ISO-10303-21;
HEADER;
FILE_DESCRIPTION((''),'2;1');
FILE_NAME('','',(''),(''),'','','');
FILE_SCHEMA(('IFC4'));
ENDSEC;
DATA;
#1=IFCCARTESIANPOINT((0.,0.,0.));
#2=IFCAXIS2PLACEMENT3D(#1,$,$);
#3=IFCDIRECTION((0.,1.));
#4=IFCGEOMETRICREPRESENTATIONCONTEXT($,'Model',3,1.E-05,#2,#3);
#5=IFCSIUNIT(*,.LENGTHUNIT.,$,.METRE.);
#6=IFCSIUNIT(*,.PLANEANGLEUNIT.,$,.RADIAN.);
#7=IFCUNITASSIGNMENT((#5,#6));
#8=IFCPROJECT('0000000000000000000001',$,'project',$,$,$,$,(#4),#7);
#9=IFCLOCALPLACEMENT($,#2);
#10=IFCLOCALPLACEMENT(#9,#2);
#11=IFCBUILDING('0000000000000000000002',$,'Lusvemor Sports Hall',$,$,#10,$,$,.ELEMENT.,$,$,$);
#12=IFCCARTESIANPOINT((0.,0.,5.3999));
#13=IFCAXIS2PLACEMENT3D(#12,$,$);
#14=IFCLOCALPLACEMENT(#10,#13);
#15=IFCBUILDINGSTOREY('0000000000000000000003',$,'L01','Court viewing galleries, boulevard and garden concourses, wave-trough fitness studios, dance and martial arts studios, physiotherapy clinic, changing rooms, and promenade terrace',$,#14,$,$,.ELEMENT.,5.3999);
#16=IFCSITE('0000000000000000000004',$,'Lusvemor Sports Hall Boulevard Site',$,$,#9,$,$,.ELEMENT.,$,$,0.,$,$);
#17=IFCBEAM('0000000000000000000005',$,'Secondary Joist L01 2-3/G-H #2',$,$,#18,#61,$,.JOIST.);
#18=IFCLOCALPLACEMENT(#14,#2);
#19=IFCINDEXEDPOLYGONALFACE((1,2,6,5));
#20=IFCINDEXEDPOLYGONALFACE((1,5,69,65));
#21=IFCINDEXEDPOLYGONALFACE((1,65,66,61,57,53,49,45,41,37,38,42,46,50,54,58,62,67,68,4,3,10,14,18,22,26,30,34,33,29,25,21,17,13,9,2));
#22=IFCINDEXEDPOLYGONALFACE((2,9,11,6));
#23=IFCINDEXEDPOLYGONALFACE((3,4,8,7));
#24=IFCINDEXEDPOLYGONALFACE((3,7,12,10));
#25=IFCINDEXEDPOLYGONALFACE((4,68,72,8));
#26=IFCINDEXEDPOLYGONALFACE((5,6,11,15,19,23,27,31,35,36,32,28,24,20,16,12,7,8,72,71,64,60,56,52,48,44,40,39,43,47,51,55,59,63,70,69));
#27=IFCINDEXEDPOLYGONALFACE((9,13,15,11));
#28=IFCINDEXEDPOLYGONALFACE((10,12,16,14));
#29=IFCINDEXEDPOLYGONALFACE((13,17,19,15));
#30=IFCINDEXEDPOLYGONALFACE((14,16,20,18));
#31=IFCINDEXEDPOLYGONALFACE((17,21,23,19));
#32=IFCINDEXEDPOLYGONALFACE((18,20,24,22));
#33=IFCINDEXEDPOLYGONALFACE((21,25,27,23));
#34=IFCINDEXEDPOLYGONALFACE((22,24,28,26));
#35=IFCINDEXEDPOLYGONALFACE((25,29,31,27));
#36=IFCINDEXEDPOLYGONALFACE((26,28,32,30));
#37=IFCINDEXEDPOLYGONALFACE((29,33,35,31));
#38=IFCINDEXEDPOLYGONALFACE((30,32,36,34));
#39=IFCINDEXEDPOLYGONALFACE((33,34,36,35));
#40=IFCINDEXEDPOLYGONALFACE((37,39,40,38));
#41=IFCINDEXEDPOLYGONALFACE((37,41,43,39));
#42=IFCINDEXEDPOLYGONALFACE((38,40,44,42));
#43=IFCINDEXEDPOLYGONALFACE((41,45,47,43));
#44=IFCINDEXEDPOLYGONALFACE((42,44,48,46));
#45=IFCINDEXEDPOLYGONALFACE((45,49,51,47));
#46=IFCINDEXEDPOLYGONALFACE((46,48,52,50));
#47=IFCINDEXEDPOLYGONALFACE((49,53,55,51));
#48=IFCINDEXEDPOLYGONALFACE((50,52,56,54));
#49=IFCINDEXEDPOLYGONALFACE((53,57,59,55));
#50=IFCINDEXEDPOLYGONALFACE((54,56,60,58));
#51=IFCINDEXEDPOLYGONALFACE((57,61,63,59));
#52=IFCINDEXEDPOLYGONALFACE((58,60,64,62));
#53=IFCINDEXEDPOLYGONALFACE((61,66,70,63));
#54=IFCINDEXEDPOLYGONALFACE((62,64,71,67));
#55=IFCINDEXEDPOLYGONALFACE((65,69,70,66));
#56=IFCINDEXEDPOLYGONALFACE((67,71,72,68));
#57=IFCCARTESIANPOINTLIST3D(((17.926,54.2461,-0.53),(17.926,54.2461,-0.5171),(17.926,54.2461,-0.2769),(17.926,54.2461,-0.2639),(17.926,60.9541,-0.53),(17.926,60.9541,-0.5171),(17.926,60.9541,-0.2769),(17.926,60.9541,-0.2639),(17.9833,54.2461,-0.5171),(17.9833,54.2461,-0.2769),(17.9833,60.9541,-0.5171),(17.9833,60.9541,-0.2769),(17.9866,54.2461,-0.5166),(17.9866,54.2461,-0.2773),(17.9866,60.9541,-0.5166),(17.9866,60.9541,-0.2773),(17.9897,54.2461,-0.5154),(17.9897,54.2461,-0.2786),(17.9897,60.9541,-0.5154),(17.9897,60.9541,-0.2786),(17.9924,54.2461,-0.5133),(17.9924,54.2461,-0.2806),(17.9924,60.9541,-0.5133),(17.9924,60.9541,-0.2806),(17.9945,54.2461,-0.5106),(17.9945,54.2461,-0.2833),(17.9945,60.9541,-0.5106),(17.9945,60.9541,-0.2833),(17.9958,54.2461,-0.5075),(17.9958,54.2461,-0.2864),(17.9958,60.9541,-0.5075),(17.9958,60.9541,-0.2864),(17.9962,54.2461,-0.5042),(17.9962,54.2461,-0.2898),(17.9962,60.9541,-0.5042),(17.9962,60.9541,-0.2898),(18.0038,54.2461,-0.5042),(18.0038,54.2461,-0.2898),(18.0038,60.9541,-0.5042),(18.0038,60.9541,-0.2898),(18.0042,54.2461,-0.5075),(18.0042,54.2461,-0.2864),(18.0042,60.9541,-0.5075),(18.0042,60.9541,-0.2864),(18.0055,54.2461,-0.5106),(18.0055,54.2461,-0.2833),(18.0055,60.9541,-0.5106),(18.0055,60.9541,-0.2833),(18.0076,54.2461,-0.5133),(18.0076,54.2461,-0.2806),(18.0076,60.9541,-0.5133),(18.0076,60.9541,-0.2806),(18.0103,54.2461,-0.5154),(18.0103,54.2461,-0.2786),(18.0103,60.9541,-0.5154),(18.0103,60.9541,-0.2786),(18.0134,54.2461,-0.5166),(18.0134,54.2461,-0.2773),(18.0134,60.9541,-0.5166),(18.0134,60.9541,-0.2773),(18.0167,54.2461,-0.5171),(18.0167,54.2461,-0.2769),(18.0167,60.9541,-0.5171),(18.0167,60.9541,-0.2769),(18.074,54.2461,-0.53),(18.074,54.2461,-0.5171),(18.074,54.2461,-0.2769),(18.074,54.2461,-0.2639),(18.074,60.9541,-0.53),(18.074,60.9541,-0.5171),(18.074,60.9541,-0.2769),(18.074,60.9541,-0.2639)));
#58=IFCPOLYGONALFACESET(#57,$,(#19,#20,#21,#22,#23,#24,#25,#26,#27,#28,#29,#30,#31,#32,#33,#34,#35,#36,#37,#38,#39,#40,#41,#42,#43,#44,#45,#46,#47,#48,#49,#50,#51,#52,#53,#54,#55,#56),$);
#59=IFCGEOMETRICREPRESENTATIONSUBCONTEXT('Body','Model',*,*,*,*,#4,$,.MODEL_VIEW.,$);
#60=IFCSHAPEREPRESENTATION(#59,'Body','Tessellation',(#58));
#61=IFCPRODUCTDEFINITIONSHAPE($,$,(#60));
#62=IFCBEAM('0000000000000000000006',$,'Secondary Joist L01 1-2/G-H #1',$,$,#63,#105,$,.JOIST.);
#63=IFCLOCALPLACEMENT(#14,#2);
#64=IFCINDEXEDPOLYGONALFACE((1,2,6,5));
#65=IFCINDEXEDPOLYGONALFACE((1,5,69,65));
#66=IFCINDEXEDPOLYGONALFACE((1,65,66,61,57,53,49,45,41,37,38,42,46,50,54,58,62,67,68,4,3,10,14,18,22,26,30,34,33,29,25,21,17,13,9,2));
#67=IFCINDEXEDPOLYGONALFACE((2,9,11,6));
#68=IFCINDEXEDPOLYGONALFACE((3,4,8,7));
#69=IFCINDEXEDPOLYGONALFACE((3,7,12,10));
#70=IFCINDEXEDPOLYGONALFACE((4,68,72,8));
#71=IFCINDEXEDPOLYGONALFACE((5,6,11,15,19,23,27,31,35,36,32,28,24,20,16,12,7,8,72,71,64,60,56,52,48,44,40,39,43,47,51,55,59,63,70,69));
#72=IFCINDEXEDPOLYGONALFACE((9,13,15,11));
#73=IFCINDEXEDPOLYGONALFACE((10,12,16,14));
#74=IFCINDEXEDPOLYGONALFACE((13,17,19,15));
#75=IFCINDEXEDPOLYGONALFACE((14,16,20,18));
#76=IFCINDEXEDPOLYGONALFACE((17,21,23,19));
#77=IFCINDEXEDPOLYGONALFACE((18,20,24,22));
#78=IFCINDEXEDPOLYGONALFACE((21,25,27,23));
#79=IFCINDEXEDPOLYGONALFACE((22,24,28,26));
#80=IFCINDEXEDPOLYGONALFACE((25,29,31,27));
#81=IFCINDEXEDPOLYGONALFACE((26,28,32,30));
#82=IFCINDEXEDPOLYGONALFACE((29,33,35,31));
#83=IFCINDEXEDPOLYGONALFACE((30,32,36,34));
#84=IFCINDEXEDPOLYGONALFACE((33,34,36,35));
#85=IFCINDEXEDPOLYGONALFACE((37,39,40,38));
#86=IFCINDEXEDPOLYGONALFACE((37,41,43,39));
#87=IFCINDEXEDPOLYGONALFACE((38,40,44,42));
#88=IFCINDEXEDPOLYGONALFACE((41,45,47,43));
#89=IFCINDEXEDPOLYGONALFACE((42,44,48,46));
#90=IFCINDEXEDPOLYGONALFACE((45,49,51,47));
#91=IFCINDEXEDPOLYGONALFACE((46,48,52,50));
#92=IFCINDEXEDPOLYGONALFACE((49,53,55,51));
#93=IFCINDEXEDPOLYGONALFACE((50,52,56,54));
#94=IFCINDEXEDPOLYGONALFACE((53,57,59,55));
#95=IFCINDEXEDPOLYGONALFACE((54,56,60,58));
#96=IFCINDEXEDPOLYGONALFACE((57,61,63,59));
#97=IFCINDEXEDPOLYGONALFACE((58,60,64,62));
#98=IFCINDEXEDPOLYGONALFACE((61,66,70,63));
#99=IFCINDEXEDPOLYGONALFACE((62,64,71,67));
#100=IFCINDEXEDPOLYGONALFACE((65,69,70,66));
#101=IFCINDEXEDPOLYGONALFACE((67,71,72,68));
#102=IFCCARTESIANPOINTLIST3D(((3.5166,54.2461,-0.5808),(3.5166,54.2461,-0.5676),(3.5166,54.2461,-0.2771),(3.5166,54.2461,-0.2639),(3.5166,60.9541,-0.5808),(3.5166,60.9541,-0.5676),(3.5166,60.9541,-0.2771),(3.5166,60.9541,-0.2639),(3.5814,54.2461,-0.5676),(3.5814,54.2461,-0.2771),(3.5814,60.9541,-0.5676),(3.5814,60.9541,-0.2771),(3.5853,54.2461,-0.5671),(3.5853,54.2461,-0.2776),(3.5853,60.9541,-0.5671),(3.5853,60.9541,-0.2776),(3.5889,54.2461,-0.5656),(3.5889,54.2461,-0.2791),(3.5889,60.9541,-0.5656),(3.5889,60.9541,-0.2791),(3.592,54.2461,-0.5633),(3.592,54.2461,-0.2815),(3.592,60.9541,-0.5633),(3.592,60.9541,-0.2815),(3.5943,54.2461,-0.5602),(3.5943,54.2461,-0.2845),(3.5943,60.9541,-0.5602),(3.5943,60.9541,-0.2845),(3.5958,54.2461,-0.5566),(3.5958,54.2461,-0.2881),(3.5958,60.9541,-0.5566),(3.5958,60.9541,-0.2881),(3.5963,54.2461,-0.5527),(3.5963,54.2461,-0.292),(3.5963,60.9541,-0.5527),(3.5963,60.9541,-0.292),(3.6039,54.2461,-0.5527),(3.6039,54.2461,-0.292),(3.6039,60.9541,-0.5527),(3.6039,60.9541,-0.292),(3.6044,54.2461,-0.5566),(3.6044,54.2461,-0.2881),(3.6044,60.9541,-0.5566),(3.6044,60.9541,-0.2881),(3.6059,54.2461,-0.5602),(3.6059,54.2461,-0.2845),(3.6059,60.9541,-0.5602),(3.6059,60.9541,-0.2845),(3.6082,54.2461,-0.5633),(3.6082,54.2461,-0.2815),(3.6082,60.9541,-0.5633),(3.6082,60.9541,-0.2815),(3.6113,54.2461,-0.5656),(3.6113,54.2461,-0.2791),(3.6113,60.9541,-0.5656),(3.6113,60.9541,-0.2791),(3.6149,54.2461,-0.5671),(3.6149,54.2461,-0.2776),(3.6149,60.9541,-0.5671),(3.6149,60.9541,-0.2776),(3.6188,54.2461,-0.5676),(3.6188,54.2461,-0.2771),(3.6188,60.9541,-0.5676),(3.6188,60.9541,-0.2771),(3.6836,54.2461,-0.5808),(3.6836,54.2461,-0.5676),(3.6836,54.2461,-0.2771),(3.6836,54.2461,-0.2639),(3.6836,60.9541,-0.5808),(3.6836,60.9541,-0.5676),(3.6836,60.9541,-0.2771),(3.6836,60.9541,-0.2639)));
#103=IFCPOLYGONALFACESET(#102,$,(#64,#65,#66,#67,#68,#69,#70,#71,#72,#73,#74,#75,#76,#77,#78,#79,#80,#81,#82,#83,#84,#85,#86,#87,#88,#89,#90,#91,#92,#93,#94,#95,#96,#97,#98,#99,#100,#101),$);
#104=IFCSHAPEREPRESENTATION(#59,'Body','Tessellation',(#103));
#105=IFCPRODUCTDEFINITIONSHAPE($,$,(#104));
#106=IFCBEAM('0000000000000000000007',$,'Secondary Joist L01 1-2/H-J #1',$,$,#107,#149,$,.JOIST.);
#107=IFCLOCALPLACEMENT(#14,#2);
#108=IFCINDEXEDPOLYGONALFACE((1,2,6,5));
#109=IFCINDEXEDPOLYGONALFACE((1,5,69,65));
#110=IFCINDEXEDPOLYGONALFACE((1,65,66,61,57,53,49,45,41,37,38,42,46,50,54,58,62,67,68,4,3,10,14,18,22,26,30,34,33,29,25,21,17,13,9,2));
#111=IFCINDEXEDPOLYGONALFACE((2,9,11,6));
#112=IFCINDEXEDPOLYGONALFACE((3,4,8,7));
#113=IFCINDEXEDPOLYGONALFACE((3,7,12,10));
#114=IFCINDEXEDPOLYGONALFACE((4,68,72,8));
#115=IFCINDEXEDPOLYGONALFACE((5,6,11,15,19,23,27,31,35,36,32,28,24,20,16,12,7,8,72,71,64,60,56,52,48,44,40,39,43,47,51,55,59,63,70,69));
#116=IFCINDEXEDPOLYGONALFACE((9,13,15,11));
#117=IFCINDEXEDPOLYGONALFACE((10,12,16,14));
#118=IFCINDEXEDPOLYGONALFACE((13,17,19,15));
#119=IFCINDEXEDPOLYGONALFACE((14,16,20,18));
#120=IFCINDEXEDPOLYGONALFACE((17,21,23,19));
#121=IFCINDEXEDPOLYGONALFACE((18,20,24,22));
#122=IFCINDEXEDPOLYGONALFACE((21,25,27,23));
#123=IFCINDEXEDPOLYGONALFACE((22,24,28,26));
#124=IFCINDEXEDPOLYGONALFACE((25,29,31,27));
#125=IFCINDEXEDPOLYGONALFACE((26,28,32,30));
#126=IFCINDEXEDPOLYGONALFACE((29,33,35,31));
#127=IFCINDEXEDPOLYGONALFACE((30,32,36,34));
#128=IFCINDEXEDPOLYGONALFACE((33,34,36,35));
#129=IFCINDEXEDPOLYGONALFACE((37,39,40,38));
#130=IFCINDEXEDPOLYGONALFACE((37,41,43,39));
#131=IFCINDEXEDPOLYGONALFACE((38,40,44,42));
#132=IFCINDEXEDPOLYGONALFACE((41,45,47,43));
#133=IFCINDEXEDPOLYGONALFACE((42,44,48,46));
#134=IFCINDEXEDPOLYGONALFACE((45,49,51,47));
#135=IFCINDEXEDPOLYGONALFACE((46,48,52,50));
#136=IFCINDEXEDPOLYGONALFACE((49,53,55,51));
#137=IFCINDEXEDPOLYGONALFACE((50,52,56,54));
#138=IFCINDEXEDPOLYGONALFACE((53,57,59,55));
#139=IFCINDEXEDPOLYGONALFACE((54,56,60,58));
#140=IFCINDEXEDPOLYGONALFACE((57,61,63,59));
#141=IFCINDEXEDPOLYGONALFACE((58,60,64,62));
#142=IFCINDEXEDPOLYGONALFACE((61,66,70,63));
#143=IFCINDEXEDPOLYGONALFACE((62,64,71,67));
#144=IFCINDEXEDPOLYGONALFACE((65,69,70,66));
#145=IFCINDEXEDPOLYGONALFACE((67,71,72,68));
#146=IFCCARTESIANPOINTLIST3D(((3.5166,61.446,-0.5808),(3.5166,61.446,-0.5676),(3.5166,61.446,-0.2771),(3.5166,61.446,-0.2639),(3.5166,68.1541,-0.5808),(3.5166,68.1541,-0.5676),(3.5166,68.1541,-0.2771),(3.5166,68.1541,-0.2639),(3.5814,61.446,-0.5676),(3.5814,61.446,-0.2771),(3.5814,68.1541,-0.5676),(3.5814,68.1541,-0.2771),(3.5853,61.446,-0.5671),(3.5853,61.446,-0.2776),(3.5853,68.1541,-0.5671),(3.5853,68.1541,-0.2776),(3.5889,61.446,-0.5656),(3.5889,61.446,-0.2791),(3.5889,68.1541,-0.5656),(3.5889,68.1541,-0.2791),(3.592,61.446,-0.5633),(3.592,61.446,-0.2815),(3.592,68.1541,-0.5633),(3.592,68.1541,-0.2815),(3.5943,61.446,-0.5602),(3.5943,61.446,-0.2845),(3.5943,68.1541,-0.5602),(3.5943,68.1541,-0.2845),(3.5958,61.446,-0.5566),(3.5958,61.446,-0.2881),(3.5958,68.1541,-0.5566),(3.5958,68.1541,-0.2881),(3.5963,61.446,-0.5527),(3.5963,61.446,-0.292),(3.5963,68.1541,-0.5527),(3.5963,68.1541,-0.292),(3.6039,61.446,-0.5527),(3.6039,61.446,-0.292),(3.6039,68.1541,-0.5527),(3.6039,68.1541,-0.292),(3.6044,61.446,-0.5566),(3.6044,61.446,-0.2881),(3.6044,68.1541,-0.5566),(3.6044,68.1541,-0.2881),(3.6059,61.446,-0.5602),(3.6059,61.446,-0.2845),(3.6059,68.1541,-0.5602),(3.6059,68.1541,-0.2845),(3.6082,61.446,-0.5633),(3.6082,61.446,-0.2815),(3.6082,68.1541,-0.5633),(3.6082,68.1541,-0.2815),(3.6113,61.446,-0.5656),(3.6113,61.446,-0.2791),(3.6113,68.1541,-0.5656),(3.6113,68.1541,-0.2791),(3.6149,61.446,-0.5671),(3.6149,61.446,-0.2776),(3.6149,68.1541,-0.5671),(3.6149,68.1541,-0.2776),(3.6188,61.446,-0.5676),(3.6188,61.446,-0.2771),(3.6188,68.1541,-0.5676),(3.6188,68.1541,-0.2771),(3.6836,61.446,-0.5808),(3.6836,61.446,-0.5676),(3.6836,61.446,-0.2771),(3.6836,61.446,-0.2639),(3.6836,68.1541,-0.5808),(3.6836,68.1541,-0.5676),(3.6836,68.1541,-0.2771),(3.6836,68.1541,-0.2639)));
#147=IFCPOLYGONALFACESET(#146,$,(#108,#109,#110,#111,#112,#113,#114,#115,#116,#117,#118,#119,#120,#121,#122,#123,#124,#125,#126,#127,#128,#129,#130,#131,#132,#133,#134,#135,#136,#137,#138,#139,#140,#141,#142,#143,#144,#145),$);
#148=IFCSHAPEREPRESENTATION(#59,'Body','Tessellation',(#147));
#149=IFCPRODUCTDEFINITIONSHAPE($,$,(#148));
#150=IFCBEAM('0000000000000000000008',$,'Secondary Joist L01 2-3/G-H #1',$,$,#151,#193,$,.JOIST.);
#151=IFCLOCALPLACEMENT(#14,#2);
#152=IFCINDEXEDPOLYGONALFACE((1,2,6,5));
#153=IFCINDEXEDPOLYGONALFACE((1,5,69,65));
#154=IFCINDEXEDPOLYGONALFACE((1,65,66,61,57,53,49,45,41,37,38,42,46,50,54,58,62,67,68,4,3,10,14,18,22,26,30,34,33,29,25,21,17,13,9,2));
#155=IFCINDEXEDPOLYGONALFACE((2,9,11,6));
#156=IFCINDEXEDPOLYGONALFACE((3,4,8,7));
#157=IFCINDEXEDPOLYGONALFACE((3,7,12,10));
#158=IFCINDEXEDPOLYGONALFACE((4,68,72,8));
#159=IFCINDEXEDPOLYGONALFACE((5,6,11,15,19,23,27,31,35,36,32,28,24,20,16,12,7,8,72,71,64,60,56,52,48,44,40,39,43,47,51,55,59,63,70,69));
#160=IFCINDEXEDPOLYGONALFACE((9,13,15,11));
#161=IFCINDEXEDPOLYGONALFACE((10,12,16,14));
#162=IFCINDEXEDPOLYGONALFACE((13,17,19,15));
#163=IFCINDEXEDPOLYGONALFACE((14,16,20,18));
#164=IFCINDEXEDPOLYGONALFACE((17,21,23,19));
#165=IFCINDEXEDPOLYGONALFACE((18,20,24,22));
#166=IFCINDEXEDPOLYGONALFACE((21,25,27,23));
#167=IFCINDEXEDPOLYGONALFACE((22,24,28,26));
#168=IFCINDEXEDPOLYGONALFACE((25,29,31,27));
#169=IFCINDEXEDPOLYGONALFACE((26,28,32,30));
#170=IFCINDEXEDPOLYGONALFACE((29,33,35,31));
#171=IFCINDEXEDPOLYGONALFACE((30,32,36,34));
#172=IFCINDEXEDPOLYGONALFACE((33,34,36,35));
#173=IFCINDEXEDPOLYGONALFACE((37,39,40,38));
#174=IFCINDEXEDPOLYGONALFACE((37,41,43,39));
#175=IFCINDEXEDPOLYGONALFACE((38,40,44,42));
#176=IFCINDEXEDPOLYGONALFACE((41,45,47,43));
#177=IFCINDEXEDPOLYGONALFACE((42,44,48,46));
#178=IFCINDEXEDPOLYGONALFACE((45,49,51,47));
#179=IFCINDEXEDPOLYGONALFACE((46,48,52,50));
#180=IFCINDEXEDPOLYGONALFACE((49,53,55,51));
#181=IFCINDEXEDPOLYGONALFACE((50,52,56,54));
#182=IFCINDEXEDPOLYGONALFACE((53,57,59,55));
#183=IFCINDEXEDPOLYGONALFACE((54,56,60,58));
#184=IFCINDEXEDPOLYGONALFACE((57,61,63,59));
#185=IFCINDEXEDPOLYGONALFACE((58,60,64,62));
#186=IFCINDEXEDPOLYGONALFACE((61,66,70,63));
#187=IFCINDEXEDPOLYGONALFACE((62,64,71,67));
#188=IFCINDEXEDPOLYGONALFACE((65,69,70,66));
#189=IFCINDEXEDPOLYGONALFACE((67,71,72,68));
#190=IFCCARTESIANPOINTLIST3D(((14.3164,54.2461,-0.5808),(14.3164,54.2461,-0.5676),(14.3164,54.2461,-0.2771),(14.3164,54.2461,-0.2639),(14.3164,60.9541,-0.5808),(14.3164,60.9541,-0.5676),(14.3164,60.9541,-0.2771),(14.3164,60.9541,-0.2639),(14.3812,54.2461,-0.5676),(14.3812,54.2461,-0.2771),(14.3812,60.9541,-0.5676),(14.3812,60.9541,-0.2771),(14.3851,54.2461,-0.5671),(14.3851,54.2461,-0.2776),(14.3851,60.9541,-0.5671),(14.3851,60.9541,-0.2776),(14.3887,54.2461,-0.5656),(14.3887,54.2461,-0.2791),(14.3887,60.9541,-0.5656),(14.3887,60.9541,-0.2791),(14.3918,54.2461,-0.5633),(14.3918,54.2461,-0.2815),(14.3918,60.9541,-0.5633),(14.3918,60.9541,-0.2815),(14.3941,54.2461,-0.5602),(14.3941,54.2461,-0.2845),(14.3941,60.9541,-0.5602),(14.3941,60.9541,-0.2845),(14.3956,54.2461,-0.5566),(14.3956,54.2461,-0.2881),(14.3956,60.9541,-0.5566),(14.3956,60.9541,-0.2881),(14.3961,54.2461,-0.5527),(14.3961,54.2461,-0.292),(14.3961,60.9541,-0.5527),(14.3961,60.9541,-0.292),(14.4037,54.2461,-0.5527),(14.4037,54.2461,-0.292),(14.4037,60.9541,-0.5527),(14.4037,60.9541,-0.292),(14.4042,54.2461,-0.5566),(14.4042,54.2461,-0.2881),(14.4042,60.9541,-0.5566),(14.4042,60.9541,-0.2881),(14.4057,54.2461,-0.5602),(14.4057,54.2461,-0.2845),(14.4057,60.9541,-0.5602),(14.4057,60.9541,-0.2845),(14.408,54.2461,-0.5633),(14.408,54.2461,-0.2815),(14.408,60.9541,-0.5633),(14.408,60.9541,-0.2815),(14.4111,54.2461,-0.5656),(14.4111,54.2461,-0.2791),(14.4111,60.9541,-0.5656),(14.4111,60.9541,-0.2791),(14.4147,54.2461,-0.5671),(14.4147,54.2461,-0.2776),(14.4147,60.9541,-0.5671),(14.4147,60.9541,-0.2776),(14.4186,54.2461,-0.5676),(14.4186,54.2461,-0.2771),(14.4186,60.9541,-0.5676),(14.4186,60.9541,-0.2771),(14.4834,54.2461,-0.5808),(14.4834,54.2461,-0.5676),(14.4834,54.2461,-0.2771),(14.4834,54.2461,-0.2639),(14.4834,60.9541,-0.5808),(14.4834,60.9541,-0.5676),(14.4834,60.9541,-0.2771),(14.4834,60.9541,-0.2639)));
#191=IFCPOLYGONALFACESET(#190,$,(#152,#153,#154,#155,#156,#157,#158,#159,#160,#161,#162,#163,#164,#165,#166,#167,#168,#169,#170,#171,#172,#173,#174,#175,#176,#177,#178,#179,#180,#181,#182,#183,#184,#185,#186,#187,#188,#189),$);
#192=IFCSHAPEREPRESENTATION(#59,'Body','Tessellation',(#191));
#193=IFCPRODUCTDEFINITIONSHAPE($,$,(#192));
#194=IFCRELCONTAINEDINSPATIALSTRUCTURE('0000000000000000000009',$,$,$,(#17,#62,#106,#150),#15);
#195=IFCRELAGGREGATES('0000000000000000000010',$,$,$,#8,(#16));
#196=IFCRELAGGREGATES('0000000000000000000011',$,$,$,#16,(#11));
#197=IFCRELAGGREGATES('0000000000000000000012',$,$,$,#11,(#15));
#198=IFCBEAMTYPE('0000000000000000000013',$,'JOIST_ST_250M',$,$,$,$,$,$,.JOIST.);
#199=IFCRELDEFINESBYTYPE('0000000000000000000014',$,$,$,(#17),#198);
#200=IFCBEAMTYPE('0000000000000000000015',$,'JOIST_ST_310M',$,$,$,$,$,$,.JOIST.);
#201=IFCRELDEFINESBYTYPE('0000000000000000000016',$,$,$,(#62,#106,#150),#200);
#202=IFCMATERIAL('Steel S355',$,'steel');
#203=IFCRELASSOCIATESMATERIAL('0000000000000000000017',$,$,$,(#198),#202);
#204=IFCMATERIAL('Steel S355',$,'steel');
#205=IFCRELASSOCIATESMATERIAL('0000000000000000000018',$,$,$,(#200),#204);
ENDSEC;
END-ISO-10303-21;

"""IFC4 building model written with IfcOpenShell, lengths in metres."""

from ifc_helpers import new_model, si_unit, direction, frame, origin, origin_2d, place, context, subcontext, project, spatial, i_section, extrude, material, material_profile, profile_set, type_object, element, save


model = new_model("IFC4")

# Units and contexts
model_context = context("Model", 3, precision=1e-05, world=origin(), true_north=direction((0.0, 1.0)))
body_context = subcontext(model_context, "Body", "Model", "MODEL_VIEW")
ifc_project = project(units=[si_unit("LENGTHUNIT", "METRE"), si_unit("PLANEANGLEUNIT", "RADIAN")], contexts=[model_context])

# Site, building, storey
site_placement = place(None, origin())
site = spatial("IfcSite", under=ifc_project, at=site_placement, Name="Lusvemor Sports Hall Boulevard Site", CompositionType="ELEMENT", RefElevation=0.0)
building_placement = place(site_placement, origin())
building = spatial("IfcBuilding", under=site, at=building_placement, Name="Lusvemor Sports Hall", CompositionType="ELEMENT")
storey_placement = place(building_placement, frame((0.0, 0.0, 5.3999)))
storey = spatial("IfcBuildingStorey", under=building, at=storey_placement, Name="L01", Description="Court viewing galleries, boulevard and garden concourses, wave-trough fitness studios, dance and martial arts studios, physiotherapy clinic, changing rooms, and promenade terrace", CompositionType="ELEMENT", Elevation=5.3999)

# Beams
ifc_material_1 = material(Name="Steel S355", Category="steel")
ifc_material_profile_1 = material_profile(ifc_material_1, i_section(OverallWidth=0.1479, OverallDepth=0.2661, WebThickness=0.0076, FlangeThickness=0.0129, FilletRadius=0.0129, at=origin_2d()), Name="W250x44.8")
ifc_profile_set_1 = profile_set([ifc_material_profile_1], Name="Steel S355")
beam_type_1 = type_object("IfcBeamType", Name="JOIST_ST_250M", PredefinedType="JOIST", material=ifc_profile_set_1)
for number, where, z_axis, x_axis, name in (
    (1, (18.0, 54.2461, -0.397), (0.0, 1.0, 0.0), (-1.0, 0.0, 0.0), "Secondary Joist L01 2-3/G-H #2"),
):
    element("IfcBeam", number, at=place(storey_placement, frame(where, z_axis=z_axis, x_axis=x_axis)), inside=storey, type_object=beam_type_1, Name=name, PredefinedType="JOIST", context=body_context, shape_type="SweptSolid", body=[
        extrude(i_section(OverallWidth=0.1479, OverallDepth=0.2661, WebThickness=0.0076, FlangeThickness=0.0129, FilletRadius=0.0129, at=origin_2d()), origin(), (0.0, 0.0, 1.0), 6.708),
    ])
ifc_material_2 = material(Name="Steel S355", Category="steel")
ifc_material_profile_2 = material_profile(ifc_material_2, i_section(OverallWidth=0.167, OverallDepth=0.3169, WebThickness=0.0076, FlangeThickness=0.0132, FilletRadius=0.0149, at=origin_2d()), Name="W310x52.0")
ifc_profile_set_2 = profile_set([ifc_material_profile_2], Name="Steel S355")
beam_type_2 = type_object("IfcBeamType", Name="JOIST_ST_310M", PredefinedType="JOIST", material=ifc_profile_set_2)
for number, where, z_axis, x_axis, name in (
    (2, (3.6001, 54.2461, -0.4224), (0.0, 1.0, 0.0), (-1.0, 0.0, 0.0), "Secondary Joist L01 1-2/G-H #1"),
    (3, (3.6001, 61.446, -0.4224), (0.0, 1.0, 0.0), (-1.0, 0.0, 0.0), "Secondary Joist L01 1-2/H-J #1"),
    (4, (14.3999, 54.2461, -0.4224), (0.0, 1.0, 0.0), (-1.0, 0.0, 0.0), "Secondary Joist L01 2-3/G-H #1"),
):
    element("IfcBeam", number, at=place(storey_placement, frame(where, z_axis=z_axis, x_axis=x_axis)), inside=storey, type_object=beam_type_2, Name=name, PredefinedType="JOIST", context=body_context, shape_type="SweptSolid", body=[
        extrude(i_section(OverallWidth=0.167, OverallDepth=0.3169, WebThickness=0.0076, FlangeThickness=0.0132, FilletRadius=0.0149, at=origin_2d()), origin(), (0.0, 0.0, 1.0), 6.708),
    ])

save(model, "model.ifc")
